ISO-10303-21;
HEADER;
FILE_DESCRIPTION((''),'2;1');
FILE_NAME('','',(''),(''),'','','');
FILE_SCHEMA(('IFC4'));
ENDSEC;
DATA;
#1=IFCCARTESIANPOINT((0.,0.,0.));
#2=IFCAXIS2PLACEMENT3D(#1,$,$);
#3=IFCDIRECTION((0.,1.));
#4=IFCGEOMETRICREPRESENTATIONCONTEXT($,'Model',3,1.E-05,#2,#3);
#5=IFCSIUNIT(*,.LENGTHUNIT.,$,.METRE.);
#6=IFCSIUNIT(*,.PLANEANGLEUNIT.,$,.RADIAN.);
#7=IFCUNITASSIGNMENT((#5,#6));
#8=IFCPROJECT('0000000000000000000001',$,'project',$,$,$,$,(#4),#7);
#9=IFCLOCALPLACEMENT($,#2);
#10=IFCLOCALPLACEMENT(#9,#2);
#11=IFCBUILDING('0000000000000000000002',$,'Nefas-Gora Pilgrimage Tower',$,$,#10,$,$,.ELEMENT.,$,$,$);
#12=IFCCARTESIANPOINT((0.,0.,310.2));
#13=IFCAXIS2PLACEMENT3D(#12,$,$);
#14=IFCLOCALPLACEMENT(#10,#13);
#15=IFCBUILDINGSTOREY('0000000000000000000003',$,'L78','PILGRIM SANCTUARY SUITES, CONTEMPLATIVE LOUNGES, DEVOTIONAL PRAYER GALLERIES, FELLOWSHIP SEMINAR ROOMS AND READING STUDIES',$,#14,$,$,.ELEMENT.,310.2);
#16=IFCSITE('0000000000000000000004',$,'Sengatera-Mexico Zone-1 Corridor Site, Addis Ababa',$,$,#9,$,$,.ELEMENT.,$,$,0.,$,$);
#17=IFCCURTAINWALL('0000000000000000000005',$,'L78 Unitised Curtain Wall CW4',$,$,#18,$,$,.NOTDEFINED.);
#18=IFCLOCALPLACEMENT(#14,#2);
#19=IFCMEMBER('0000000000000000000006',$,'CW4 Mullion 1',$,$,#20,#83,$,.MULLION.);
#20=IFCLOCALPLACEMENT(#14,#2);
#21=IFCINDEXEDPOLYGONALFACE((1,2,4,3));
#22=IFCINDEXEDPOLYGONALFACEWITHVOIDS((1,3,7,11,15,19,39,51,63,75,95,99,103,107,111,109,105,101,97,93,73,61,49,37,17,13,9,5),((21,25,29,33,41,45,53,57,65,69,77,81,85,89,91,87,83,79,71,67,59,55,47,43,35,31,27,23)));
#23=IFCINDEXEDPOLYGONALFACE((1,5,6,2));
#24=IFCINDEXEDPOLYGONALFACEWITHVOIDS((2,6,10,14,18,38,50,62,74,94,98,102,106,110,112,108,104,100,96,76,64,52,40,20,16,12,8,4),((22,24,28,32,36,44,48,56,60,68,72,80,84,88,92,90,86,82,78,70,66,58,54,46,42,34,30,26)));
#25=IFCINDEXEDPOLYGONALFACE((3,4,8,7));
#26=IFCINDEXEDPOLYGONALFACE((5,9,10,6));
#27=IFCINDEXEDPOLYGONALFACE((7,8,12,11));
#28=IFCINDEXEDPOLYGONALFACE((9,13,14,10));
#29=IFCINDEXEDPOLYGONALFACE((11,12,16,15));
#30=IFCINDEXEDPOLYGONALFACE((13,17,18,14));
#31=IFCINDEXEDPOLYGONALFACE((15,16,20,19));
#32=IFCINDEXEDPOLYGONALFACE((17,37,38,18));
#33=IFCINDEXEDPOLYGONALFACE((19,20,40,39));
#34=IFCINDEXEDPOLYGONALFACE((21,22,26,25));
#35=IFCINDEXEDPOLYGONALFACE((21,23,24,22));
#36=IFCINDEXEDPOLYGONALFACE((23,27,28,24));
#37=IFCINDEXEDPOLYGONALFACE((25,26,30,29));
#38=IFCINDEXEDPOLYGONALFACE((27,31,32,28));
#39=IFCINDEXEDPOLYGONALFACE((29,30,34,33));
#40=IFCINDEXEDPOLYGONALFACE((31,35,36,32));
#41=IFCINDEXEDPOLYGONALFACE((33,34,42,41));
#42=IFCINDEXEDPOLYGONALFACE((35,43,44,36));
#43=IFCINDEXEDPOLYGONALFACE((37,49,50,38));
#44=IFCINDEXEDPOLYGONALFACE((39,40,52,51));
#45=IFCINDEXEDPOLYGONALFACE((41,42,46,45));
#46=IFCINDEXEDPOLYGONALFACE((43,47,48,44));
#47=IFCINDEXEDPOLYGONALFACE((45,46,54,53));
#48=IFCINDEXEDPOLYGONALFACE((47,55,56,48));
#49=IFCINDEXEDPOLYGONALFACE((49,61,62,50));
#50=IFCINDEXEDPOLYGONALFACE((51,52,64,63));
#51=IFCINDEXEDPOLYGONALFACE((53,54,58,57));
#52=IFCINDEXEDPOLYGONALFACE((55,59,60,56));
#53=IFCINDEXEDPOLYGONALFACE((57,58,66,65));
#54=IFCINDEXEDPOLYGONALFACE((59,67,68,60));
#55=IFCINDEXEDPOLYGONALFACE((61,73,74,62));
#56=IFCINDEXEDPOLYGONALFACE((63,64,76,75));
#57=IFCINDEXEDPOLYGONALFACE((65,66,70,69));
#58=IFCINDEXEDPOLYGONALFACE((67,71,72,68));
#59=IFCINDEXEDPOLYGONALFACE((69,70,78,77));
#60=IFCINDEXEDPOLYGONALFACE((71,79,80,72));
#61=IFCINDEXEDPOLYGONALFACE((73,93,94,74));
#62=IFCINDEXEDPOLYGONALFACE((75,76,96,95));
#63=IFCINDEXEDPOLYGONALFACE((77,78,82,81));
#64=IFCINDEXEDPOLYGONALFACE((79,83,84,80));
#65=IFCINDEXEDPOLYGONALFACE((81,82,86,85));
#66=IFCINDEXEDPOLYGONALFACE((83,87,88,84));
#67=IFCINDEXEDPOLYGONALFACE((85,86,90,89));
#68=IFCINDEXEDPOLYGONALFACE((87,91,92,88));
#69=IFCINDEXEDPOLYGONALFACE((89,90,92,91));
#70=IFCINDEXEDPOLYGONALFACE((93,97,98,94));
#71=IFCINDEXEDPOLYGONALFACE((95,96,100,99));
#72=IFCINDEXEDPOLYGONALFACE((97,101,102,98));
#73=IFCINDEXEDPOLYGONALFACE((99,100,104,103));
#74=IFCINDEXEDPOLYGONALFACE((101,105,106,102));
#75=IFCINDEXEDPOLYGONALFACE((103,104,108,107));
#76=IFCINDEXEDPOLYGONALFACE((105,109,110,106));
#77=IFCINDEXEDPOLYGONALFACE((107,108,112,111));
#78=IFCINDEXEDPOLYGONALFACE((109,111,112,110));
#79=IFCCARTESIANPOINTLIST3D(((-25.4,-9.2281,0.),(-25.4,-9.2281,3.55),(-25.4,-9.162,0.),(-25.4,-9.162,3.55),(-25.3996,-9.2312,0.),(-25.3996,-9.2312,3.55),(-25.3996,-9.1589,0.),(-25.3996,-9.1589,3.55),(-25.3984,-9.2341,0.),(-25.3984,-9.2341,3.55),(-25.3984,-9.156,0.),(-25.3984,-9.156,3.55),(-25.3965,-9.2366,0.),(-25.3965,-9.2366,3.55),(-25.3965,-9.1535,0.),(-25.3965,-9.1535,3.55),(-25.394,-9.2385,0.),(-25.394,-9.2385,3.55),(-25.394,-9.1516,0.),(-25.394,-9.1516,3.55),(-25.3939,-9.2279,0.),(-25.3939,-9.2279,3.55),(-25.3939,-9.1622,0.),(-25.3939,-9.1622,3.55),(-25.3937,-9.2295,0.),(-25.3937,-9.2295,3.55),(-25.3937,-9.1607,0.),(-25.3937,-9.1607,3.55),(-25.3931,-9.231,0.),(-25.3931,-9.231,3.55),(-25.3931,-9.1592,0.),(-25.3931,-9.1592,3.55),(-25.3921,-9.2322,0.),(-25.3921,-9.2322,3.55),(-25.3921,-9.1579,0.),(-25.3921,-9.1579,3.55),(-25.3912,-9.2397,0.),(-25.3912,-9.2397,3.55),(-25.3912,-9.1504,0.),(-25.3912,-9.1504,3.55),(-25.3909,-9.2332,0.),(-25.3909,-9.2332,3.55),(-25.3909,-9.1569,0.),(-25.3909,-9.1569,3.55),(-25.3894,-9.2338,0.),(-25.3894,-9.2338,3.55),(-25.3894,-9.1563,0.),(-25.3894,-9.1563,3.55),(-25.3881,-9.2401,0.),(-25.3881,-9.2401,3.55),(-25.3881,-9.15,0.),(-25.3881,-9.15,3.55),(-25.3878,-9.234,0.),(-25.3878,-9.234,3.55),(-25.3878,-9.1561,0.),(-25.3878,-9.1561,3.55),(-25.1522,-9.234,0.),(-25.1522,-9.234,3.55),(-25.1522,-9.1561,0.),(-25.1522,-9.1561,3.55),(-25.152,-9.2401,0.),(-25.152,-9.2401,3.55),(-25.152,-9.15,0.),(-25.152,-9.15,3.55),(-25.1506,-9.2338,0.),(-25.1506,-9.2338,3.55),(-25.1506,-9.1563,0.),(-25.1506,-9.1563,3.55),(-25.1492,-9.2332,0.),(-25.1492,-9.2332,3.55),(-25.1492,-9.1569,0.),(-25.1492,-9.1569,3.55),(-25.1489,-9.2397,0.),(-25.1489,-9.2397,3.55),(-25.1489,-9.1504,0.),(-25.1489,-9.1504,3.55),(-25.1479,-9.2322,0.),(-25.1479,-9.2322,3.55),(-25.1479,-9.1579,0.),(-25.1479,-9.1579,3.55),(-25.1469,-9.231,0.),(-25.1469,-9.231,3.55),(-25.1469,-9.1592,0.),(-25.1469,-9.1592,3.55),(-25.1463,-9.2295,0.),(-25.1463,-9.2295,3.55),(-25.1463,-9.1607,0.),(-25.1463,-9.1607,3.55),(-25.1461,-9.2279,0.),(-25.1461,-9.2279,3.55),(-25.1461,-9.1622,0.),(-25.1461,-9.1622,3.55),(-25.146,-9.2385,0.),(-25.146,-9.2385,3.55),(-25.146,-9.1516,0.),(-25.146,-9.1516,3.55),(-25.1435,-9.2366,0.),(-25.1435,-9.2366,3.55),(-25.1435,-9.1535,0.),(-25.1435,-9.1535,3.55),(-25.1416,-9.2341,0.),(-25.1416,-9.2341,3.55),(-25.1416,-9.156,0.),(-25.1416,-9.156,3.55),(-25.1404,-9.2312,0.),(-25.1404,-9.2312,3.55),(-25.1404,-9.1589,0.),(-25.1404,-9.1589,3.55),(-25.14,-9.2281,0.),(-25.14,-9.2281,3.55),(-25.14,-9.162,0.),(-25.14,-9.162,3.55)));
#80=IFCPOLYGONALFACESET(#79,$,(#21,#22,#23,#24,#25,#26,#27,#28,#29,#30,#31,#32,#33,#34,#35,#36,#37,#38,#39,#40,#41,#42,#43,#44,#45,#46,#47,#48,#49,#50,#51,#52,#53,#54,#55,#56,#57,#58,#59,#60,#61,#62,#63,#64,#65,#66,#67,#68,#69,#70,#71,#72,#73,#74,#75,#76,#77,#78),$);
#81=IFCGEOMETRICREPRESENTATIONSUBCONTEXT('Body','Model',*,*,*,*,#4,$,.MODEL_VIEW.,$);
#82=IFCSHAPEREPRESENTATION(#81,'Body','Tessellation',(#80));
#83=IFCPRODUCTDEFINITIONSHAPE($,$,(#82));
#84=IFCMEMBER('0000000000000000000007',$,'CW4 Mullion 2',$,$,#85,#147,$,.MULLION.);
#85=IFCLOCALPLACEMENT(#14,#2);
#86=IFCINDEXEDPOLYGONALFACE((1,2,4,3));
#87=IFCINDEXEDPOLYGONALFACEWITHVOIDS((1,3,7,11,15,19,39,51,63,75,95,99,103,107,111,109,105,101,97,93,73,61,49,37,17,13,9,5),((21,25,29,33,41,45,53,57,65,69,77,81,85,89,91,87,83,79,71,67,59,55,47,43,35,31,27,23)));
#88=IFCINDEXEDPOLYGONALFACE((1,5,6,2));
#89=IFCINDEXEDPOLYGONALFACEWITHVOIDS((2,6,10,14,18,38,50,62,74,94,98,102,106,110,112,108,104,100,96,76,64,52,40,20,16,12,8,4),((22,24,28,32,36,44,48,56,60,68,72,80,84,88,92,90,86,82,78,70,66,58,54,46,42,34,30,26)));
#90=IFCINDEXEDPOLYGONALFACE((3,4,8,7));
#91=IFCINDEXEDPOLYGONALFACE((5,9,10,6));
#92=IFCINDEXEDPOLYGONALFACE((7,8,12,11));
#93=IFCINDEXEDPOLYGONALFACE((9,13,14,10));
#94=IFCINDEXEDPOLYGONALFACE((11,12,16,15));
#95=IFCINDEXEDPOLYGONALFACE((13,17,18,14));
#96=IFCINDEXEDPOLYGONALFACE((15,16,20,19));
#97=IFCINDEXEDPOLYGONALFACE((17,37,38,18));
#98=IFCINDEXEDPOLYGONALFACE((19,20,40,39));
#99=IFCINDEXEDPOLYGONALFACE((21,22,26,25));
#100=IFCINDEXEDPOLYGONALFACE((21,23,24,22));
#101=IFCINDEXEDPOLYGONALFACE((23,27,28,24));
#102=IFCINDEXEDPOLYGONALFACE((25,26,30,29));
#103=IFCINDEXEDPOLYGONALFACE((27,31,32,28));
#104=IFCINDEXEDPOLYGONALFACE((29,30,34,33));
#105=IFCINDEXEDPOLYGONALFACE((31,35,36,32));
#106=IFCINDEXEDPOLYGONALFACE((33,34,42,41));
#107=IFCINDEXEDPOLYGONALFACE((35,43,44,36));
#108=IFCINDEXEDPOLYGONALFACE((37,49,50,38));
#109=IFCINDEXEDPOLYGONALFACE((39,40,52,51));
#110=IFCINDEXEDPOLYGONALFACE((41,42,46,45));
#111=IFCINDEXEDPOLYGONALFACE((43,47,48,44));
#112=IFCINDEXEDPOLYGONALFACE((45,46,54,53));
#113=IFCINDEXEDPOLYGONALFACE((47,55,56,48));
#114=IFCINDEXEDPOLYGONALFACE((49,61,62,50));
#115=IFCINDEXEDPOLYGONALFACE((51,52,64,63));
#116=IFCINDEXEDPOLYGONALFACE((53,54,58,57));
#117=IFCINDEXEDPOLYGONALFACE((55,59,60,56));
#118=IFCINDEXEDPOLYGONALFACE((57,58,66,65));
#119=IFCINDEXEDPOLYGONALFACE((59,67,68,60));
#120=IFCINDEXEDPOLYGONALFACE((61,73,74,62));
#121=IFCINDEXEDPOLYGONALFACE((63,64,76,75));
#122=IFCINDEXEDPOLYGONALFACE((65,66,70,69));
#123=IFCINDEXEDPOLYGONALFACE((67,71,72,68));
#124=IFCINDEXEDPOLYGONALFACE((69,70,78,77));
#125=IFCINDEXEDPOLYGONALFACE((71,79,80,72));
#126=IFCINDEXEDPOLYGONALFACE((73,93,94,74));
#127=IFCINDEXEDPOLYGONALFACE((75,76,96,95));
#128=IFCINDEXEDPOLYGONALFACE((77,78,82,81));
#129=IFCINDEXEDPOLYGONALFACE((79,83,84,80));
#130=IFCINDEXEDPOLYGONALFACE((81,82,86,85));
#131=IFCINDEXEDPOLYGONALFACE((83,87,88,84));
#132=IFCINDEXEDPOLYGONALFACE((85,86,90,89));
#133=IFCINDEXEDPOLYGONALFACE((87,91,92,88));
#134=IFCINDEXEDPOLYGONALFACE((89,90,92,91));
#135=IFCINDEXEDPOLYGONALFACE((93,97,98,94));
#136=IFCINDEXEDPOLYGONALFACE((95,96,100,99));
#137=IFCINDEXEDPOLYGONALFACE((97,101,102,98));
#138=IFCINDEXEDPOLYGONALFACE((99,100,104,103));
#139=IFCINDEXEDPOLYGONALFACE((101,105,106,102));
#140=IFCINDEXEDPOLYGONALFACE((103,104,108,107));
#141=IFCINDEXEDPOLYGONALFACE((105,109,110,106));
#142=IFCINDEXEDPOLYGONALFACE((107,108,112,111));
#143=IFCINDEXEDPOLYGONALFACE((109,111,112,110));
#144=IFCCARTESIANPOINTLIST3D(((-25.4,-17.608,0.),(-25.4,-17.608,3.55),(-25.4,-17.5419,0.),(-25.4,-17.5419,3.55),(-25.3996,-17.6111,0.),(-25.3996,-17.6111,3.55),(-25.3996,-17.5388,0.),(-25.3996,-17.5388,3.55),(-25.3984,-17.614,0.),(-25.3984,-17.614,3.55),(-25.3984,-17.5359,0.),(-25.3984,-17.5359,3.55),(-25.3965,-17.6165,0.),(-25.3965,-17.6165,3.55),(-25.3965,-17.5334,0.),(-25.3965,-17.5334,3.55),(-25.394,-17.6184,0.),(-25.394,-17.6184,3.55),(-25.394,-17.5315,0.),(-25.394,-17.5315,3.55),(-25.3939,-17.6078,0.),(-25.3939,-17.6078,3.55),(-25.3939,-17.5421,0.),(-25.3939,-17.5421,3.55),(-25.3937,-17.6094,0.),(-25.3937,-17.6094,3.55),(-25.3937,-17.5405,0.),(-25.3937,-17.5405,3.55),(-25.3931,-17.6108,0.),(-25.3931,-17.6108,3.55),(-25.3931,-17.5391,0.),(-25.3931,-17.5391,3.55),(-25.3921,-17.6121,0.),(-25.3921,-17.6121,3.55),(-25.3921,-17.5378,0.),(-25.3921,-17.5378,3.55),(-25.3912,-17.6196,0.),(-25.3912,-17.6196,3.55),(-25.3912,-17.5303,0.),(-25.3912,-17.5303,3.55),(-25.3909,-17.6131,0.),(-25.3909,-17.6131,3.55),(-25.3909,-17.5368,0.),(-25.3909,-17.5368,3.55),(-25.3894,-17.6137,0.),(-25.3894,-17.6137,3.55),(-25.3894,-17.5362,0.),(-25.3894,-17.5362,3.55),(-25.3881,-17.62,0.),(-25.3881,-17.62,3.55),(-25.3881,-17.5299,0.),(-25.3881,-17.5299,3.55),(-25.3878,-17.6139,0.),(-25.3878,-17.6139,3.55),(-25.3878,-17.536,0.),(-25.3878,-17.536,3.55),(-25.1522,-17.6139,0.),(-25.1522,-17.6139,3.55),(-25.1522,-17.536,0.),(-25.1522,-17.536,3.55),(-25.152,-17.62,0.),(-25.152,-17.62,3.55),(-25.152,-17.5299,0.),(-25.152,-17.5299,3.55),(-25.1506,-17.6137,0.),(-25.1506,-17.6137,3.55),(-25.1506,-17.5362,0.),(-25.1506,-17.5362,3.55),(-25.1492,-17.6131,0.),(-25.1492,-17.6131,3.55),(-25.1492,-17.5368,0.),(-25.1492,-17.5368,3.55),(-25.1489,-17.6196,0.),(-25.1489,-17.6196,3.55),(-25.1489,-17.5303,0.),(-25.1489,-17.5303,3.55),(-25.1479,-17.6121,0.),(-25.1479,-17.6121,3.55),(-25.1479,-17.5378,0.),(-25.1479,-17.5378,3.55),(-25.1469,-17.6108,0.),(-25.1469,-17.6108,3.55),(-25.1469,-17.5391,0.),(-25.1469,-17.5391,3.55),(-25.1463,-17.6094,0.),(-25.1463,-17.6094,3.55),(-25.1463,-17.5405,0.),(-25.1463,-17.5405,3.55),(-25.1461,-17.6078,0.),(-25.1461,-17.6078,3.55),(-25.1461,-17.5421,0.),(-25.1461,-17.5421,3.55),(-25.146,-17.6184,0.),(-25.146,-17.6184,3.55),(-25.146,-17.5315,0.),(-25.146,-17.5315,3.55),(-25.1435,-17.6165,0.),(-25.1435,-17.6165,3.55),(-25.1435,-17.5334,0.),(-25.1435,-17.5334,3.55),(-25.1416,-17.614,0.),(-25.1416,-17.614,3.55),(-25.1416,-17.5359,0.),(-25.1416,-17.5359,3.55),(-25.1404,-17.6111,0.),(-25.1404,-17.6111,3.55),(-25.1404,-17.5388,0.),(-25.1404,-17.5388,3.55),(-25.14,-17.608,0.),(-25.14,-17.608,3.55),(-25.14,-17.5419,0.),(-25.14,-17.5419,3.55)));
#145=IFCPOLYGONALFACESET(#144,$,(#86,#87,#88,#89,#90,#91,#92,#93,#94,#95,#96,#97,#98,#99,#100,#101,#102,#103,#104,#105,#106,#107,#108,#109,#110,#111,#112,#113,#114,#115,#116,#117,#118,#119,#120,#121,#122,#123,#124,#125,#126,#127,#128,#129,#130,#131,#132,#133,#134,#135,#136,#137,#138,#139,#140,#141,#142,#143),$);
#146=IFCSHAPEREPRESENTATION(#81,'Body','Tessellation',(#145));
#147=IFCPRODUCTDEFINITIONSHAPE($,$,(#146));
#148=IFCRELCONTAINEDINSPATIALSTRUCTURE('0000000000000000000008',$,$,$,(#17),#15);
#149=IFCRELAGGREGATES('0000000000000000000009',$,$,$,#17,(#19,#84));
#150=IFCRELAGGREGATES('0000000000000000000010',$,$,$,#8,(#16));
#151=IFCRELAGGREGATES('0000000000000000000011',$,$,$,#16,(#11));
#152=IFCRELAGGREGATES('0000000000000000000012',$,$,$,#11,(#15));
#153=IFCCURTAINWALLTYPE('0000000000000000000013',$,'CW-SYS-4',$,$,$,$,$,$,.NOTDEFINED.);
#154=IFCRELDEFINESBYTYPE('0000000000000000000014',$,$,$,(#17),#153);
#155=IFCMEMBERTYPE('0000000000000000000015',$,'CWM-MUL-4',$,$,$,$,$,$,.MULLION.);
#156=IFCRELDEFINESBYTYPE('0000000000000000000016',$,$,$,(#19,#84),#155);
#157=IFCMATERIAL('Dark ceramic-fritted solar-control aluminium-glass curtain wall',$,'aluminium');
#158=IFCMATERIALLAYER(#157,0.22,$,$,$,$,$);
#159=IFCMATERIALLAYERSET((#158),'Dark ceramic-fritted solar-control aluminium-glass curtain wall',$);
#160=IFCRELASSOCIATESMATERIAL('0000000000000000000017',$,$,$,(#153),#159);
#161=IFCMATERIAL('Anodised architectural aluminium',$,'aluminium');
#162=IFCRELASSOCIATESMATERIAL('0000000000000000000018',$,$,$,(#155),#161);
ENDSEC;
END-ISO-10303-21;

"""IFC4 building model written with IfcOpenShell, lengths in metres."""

from ifc_helpers import new_model, si_unit, direction, frame, origin, origin_2d, place, context, subcontext, project, spatial, hollow_rectangle, extrude, source, transform, mapped, material, layer, layer_set, material_profile, profile_set, type_object, element, aggregate, save


model = new_model("IFC4")

# Units and contexts
model_context = context("Model", 3, precision=1e-05, world=origin(), true_north=direction((0.0, 1.0)))
body_context = subcontext(model_context, "Body", "Model", "MODEL_VIEW")
ifc_project = project(units=[si_unit("LENGTHUNIT", "METRE"), si_unit("PLANEANGLEUNIT", "RADIAN")], contexts=[model_context])

# Site, building, storey
site_placement = place(None, origin())
site = spatial("IfcSite", under=ifc_project, at=site_placement, Name="Sengatera-Mexico Zone-1 Corridor Site, Addis Ababa", CompositionType="ELEMENT", RefElevation=0.0)
building_placement = place(site_placement, origin())
building = spatial("IfcBuilding", under=site, at=building_placement, Name="Nefas-Gora Pilgrimage Tower", CompositionType="ELEMENT")
storey_placement = place(building_placement, frame((0.0, 0.0, 310.2)))
storey = spatial("IfcBuildingStorey", under=building, at=storey_placement, Name="L78", Description="PILGRIM SANCTUARY SUITES, CONTEMPLATIVE LOUNGES, DEVOTIONAL PRAYER GALLERIES, FELLOWSHIP SEMINAR ROOMS AND READING STUDIES", CompositionType="ELEMENT", Elevation=310.2)

# Curtain wall
ifc_material_1 = material(Name="Dark ceramic-fritted solar-control aluminium-glass curtain wall", Category="aluminium")
ifc_layer_1 = layer(ifc_material_1, 0.22)
ifc_layer_set_1 = layer_set([ifc_layer_1], Name="Dark ceramic-fritted solar-control aluminium-glass curtain wall")
curtain_wall_type = type_object("IfcCurtainWallType", Name="CW-SYS-4", PredefinedType="NOTDEFINED", material=ifc_layer_set_1)
curtain_wall_1_placement = place(storey_placement, origin())
curtain_wall_1 = element("IfcCurtainWall", 1, at=curtain_wall_1_placement, inside=storey, type_object=curtain_wall_type, Name="L78 Unitised Curtain Wall CW4", PredefinedType="NOTDEFINED")
ifc_material_2 = material(Name="Anodised architectural aluminium", Category="aluminium")

# Members
ifc_material_profile_1 = material_profile(ifc_material_2, hollow_rectangle(XDim=0.0901, YDim=0.26, WallThickness=0.0061, InnerFilletRadius=0.0061, OuterFilletRadius=0.012, at=origin_2d()), Name="ALU MULLION 90x260")
ifc_profile_set_1 = profile_set([ifc_material_profile_1], Name="Anodised architectural aluminium")
member_type_1 = type_object("IfcMemberType", Name="CWM-MUL-4", PredefinedType="MULLION", material=ifc_profile_set_1)
shared_shape_1 = source(origin(), body_context, "Body", "SweptSolid", [
    extrude(hollow_rectangle(XDim=0.0901, YDim=0.26, WallThickness=0.0061, InnerFilletRadius=0.0061, OuterFilletRadius=0.012, at=origin_2d()), origin(), (0.0, 0.0, 1.0), 3.55),
])
member_1_placement = place(storey_placement, frame((-25.27, -9.1951, 0.0), z_axis=(0.0, 0.0, 1.0), x_axis=(0.0, -1.0, 0.0)))
member_1 = element("IfcMember", 2, at=member_1_placement, type_object=member_type_1, Name="CW4 Mullion 1", PredefinedType="MULLION", context=body_context, shape_type="MappedRepresentation", body=[
    mapped(shared_shape_1, transform((0.0, 0.0, 0.0), x_axis=(1.0, 0.0, 0.0), y_axis=(0.0, 1.0, 0.0), z_axis=(0.0, 0.0, 1.0), scale=1.0)),
])
member_2_placement = place(storey_placement, frame((-25.27, -17.575, 0.0), z_axis=(0.0, 0.0, 1.0), x_axis=(0.0, -1.0, 0.0)))
member_2 = element("IfcMember", 3, at=member_2_placement, type_object=member_type_1, Name="CW4 Mullion 2", PredefinedType="MULLION", context=body_context, shape_type="MappedRepresentation", body=[
    mapped(shared_shape_1, transform((0.0, 0.0, 0.0), x_axis=(1.0, 0.0, 0.0), y_axis=(0.0, 1.0, 0.0), z_axis=(0.0, 0.0, 1.0), scale=1.0)),
])

aggregate(curtain_wall_1, [member_1, member_2])

save(model, "model.ifc")
